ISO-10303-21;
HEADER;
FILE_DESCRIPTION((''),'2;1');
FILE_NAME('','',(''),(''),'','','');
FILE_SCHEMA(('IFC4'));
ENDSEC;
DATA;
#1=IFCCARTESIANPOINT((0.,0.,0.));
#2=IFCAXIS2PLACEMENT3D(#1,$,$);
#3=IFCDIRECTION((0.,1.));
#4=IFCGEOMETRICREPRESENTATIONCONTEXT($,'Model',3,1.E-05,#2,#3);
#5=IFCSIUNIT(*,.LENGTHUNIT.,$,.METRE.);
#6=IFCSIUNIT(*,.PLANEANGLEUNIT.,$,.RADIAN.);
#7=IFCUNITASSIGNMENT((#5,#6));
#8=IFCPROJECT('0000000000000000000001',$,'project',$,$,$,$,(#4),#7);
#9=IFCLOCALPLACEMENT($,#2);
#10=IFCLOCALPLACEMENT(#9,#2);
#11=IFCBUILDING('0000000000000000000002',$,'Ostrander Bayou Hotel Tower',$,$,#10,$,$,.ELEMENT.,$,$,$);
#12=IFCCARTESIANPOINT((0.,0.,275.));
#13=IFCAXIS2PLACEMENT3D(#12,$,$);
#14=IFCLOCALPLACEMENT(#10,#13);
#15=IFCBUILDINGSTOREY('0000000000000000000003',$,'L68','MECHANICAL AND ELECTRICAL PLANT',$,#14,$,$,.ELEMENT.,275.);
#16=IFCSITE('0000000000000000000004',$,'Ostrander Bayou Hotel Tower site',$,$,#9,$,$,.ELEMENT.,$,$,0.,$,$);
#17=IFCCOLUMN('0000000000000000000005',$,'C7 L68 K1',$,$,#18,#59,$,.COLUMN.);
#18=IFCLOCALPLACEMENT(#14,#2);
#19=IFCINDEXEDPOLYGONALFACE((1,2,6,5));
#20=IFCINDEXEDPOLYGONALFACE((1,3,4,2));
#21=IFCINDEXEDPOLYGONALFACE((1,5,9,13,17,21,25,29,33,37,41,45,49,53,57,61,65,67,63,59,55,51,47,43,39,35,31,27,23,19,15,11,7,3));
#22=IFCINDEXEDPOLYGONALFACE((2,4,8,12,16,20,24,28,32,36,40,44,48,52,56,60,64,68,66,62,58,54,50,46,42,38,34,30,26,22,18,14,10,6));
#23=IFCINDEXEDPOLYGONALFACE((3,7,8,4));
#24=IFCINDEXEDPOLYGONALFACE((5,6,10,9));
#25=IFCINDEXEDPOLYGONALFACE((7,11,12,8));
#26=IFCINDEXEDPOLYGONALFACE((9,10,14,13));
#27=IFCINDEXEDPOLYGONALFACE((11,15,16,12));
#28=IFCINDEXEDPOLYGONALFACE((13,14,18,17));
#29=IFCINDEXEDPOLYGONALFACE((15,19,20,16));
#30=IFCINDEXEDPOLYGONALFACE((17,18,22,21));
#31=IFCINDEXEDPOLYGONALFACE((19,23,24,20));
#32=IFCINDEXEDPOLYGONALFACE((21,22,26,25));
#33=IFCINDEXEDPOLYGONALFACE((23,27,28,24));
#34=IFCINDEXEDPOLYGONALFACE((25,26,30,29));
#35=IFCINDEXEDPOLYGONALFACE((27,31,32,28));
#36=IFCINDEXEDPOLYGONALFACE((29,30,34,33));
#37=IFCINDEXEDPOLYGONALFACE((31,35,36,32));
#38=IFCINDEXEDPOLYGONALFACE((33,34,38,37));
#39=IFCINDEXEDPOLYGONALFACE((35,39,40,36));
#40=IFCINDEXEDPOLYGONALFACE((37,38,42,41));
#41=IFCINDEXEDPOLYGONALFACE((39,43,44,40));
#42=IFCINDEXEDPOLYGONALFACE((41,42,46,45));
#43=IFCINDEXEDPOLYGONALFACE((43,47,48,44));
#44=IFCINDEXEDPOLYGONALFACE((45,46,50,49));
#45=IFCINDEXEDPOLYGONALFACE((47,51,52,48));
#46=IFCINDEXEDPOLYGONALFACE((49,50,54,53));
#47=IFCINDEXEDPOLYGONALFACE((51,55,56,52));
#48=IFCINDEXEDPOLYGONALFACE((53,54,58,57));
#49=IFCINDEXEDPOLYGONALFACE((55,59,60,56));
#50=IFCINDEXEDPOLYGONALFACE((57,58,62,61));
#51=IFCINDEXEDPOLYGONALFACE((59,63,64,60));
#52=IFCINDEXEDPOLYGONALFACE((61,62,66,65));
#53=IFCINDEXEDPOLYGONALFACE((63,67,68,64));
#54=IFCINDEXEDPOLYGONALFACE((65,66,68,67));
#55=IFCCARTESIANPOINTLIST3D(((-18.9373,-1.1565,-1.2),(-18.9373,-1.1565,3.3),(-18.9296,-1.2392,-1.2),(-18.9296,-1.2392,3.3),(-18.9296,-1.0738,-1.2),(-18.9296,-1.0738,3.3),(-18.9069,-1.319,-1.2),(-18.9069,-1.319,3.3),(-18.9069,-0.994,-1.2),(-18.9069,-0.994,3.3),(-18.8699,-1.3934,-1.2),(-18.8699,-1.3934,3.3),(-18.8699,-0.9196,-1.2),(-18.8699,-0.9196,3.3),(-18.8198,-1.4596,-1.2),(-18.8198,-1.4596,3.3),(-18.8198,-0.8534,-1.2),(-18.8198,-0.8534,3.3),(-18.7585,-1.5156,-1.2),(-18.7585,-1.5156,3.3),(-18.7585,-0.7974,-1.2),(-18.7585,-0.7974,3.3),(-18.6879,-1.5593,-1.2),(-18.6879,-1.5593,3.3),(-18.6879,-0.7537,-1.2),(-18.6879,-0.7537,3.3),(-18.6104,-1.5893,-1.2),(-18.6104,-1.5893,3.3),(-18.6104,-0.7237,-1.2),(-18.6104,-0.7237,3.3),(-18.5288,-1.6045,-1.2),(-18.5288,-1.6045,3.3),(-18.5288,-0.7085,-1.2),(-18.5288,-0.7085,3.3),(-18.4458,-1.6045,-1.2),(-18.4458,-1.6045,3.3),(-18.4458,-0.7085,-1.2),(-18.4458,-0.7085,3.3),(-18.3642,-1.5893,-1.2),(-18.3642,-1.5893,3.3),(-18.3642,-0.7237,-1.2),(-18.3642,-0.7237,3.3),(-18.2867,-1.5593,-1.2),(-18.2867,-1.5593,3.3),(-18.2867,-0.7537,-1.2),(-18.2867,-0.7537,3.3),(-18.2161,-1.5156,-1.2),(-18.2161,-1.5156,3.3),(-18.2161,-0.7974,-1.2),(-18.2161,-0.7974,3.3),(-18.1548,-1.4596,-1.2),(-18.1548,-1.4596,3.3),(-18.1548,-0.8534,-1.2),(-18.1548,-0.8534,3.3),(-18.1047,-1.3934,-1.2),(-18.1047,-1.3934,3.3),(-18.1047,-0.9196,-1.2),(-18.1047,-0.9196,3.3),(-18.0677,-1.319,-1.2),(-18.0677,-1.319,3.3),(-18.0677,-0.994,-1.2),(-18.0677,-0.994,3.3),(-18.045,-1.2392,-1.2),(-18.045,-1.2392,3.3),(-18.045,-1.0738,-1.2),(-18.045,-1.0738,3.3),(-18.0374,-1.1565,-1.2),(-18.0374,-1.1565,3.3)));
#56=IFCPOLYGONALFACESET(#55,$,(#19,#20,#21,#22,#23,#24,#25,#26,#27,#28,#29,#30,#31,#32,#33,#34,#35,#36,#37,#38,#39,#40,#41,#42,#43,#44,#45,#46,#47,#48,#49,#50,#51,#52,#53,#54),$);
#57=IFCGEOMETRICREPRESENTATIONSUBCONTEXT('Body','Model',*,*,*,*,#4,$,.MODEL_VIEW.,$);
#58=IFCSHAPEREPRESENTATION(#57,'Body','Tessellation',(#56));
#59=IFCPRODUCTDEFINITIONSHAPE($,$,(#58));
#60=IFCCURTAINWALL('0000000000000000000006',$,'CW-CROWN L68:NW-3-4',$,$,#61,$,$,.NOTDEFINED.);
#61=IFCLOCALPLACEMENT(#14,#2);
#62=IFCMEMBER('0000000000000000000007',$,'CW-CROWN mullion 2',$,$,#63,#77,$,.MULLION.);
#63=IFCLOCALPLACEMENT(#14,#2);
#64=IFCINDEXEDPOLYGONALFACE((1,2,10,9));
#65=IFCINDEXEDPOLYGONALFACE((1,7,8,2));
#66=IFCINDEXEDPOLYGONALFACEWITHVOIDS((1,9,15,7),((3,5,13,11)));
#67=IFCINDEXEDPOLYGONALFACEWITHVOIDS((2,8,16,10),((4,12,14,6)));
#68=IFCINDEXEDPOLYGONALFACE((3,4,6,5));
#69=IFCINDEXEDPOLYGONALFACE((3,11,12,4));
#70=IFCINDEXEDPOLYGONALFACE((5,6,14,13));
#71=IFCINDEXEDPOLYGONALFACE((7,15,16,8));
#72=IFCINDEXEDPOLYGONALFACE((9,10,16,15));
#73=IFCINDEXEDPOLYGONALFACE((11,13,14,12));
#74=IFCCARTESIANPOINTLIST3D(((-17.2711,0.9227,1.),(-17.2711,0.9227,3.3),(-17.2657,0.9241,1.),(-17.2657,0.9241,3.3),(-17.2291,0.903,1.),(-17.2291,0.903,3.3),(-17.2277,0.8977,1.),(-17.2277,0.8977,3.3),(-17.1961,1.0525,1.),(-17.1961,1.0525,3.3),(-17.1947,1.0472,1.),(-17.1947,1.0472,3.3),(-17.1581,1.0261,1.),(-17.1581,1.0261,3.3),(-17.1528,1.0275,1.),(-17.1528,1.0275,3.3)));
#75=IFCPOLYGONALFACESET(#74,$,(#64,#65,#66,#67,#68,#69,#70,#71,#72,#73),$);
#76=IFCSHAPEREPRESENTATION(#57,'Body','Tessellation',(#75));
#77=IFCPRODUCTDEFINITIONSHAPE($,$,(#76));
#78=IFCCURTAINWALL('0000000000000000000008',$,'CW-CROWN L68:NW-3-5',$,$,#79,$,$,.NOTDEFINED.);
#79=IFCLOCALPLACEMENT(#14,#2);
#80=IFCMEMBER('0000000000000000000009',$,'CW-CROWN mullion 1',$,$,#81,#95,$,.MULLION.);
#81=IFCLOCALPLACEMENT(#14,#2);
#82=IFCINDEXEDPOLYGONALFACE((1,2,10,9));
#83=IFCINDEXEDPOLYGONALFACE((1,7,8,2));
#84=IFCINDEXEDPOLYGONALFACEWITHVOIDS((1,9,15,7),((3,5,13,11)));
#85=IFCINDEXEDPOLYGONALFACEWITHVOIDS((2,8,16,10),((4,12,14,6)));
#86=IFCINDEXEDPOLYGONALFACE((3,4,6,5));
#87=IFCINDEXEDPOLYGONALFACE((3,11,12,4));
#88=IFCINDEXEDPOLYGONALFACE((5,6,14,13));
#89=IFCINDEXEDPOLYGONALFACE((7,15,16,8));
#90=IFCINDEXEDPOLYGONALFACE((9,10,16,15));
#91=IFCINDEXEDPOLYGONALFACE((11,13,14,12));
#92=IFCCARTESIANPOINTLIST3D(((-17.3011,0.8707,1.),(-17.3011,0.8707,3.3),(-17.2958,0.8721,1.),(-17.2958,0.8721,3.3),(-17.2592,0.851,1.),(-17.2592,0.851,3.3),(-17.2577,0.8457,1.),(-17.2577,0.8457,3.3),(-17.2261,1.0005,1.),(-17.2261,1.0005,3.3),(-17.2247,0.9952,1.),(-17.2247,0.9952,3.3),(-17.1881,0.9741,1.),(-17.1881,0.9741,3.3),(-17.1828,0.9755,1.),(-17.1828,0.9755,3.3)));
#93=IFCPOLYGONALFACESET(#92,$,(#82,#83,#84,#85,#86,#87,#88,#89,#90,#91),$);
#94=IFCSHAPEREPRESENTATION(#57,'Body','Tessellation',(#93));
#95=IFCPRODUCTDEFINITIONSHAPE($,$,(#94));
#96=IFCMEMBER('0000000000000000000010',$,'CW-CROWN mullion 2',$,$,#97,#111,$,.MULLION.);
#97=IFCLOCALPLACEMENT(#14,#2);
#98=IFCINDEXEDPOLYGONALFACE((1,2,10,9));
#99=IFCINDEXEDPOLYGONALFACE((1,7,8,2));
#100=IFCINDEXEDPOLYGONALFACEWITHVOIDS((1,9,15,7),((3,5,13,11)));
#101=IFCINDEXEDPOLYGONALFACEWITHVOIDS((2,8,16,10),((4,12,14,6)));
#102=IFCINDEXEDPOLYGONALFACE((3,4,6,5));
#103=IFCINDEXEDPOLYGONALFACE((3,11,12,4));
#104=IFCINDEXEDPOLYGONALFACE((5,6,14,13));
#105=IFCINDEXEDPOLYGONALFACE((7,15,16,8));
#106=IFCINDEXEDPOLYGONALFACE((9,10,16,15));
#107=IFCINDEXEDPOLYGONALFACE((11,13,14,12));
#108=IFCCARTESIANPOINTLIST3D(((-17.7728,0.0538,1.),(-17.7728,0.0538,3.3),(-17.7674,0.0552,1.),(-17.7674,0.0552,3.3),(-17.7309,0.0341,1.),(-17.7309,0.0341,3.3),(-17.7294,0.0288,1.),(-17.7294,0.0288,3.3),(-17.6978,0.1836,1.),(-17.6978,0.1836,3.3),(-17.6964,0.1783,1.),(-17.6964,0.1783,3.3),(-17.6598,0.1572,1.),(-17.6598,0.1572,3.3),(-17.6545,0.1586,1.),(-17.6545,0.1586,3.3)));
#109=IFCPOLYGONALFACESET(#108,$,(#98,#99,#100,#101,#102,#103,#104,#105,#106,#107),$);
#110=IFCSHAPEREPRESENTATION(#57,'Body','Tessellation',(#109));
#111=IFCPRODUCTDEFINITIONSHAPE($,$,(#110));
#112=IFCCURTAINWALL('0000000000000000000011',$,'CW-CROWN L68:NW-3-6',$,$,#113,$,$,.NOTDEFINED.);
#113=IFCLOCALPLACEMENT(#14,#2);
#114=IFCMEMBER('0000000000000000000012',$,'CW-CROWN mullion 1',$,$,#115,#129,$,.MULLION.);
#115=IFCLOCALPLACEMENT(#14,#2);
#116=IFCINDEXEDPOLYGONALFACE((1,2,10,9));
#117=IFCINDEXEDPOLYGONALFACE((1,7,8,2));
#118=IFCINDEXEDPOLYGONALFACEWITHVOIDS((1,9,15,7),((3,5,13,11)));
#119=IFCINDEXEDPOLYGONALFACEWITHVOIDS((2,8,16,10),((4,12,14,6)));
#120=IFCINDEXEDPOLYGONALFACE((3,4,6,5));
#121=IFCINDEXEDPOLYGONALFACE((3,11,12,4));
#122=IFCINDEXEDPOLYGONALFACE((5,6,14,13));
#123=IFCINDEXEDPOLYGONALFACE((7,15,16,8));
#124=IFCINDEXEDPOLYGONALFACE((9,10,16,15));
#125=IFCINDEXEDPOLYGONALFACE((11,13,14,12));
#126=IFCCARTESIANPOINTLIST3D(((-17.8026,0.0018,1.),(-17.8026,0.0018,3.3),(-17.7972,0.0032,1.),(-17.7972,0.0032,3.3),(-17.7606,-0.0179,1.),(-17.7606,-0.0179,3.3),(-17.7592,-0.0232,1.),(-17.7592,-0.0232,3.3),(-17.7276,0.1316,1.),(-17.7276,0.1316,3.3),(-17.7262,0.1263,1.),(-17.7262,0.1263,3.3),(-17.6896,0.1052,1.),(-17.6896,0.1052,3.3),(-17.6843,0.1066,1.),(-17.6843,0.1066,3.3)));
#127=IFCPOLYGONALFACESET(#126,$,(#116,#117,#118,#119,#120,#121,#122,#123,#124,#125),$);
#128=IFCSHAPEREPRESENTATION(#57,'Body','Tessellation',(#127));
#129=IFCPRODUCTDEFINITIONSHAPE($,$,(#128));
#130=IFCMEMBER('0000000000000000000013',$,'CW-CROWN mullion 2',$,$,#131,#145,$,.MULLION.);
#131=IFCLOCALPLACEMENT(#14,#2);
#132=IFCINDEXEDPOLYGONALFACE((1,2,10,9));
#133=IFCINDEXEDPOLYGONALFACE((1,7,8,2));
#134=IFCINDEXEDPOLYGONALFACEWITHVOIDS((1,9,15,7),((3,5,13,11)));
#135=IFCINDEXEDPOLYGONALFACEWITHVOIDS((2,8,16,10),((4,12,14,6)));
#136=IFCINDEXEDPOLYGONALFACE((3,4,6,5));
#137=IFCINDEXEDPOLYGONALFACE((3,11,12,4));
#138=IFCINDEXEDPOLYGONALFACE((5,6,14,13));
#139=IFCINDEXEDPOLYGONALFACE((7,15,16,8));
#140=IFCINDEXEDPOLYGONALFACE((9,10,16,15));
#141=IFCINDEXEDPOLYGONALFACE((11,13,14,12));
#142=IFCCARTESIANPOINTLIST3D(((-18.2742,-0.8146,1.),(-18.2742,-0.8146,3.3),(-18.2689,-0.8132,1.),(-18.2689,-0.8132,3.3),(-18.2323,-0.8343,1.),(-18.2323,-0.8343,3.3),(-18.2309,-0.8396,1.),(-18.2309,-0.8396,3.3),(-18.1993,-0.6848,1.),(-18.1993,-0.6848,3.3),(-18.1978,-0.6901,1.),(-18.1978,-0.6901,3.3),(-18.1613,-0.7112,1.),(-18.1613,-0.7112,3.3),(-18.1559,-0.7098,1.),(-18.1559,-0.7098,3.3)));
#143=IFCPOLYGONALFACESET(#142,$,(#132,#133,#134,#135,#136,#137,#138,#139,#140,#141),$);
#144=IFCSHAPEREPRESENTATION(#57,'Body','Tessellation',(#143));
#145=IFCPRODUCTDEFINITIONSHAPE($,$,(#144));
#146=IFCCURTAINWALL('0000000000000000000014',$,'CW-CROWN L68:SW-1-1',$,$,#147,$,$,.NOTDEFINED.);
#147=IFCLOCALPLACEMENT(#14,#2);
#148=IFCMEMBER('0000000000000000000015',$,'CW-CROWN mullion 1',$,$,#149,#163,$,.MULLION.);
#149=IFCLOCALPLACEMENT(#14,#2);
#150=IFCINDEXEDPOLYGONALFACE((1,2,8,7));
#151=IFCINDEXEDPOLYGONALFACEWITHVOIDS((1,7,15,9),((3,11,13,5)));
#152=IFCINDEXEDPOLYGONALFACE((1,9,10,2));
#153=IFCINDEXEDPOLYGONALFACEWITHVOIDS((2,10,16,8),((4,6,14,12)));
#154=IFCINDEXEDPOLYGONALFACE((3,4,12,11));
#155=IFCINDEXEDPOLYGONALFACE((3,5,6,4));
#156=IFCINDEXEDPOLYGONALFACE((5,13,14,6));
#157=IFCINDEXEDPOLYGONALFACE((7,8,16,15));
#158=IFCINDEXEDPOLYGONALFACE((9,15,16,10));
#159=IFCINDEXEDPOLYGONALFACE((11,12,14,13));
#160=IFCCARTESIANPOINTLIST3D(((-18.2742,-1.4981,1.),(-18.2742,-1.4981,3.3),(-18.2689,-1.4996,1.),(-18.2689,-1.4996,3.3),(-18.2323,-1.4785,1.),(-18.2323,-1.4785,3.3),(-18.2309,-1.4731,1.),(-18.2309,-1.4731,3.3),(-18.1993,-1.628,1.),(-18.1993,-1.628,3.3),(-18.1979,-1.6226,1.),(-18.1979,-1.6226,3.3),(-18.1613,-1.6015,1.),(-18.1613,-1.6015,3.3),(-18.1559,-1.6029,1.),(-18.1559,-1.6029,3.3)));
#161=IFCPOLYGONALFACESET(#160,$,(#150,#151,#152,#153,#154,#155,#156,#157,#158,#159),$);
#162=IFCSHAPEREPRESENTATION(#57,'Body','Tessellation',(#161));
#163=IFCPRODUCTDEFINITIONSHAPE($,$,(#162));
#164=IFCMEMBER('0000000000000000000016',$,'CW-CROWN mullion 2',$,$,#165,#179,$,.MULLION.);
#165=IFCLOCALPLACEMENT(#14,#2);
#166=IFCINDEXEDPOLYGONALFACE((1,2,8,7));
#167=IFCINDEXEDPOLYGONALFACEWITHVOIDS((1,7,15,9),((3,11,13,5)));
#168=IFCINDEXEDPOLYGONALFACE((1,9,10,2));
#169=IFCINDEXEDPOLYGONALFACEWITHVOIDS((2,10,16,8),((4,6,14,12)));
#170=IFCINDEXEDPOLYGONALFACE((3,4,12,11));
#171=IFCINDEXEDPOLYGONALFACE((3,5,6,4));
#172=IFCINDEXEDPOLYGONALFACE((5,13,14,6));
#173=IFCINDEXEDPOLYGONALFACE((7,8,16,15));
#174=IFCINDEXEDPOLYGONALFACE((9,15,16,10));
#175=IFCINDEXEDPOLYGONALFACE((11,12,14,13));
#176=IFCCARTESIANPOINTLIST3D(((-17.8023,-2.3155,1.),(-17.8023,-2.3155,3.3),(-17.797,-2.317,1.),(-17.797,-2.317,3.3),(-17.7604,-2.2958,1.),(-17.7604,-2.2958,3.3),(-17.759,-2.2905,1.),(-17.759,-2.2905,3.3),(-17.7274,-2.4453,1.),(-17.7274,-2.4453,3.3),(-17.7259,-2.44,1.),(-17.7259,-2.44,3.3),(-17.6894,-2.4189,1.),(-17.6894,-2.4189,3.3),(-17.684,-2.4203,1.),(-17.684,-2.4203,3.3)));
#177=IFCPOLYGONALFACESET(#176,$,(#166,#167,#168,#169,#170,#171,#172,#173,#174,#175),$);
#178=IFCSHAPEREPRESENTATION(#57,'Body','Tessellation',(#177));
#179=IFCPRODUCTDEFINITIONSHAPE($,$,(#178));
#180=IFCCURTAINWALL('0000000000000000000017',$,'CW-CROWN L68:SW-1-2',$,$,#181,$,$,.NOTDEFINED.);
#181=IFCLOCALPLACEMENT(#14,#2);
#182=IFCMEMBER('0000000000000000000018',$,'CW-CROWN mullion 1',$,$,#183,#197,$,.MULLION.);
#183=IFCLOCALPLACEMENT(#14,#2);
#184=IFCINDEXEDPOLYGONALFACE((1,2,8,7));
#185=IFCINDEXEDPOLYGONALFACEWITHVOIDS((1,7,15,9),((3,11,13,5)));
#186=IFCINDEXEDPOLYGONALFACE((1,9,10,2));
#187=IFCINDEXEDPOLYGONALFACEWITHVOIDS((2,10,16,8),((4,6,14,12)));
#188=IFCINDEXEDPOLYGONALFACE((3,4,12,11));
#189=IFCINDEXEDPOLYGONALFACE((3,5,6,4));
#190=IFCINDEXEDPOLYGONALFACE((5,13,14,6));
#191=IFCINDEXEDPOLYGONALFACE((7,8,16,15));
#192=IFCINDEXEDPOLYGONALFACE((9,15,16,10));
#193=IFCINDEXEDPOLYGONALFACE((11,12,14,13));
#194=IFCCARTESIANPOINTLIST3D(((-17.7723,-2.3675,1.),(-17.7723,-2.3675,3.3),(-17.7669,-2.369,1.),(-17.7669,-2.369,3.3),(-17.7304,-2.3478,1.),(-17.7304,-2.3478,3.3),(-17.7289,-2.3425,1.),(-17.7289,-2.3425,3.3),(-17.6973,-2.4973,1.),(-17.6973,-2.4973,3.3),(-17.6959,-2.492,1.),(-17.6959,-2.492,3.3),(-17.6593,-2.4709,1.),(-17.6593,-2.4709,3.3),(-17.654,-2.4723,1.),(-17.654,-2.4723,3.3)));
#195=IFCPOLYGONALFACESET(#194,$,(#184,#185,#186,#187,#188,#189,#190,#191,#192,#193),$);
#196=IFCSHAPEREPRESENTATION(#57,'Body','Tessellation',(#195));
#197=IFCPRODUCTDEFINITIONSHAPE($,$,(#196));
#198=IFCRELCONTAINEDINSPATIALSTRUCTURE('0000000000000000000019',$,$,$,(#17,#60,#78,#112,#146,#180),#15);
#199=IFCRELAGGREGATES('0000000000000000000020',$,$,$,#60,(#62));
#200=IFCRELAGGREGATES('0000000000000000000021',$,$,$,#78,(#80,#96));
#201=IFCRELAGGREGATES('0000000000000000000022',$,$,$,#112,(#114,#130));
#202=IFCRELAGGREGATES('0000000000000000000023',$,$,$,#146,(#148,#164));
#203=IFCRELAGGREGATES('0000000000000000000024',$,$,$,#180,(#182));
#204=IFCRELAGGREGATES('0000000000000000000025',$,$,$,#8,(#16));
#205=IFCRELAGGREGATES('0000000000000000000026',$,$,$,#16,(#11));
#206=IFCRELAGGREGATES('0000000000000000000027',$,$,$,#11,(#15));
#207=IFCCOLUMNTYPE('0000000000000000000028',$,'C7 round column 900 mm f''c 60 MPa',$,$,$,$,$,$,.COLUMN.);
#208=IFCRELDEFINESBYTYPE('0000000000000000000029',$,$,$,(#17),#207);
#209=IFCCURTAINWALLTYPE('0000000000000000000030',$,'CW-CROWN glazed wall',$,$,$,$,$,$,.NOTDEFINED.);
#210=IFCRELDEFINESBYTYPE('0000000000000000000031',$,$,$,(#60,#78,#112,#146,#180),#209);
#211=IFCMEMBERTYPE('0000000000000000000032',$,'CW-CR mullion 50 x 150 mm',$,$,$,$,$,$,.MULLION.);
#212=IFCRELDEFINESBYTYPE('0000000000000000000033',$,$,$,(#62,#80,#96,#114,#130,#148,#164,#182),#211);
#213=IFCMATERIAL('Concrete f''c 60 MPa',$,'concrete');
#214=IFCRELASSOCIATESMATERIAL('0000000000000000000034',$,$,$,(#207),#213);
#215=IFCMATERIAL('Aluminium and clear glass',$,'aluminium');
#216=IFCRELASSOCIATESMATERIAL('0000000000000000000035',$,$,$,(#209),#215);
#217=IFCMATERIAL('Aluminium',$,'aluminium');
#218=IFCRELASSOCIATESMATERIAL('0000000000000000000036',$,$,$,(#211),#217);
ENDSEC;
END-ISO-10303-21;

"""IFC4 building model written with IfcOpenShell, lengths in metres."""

from ifc_helpers import new_model, si_unit, direction, frame, origin, origin_2d, place, context, subcontext, project, spatial, hollow_rectangle, circle, extrude, material, material_profile, profile_set, type_object, element, aggregate, save


model = new_model("IFC4")

# Units and contexts
model_context = context("Model", 3, precision=1e-05, world=origin(), true_north=direction((0.0, 1.0)))
body_context = subcontext(model_context, "Body", "Model", "MODEL_VIEW")
ifc_project = project(units=[si_unit("LENGTHUNIT", "METRE"), si_unit("PLANEANGLEUNIT", "RADIAN")], contexts=[model_context])

# Site, building, storey
site_placement = place(None, origin())
site = spatial("IfcSite", under=ifc_project, at=site_placement, Name="Ostrander Bayou Hotel Tower site", CompositionType="ELEMENT", RefElevation=0.0)
building_placement = place(site_placement, origin())
building = spatial("IfcBuilding", under=site, at=building_placement, Name="Ostrander Bayou Hotel Tower", CompositionType="ELEMENT")
storey_placement = place(building_placement, frame((0.0, 0.0, 275.0)))
storey = spatial("IfcBuildingStorey", under=building, at=storey_placement, Name="L68", Description="MECHANICAL AND ELECTRICAL PLANT", CompositionType="ELEMENT", Elevation=275.0)

# Column
ifc_material_1 = material(Name="Concrete f'c 60 MPa", Category="concrete")
ifc_material_profile_1 = material_profile(ifc_material_1, circle(Radius=0.45, at=origin_2d()))
ifc_profile_set_1 = profile_set([ifc_material_profile_1], Name="Concrete f'c 60 MPa")
column_type = type_object("IfcColumnType", Name="C7 round column 900 mm f'c 60 MPa", PredefinedType="COLUMN", material=ifc_profile_set_1)
column_placement = place(storey_placement, frame((-18.4873, -1.1565, -1.2), z_axis=(0.0, 0.0, 1.0), x_axis=(1.0, 0.0, 0.0)))
element("IfcColumn", 1, at=column_placement, inside=storey, type_object=column_type, Name="C7 L68 K1", PredefinedType="COLUMN", context=body_context, shape_type="SweptSolid", body=[
    extrude(circle(Radius=0.45, at=origin_2d()), origin(), (0.0, 0.0, 1.0), 4.5),
])

# Curtain wall, member
ifc_material_2 = material(Name="Aluminium and clear glass", Category="aluminium")
curtain_wall_type = type_object("IfcCurtainWallType", Name="CW-CROWN glazed wall", PredefinedType="NOTDEFINED", material=ifc_material_2)
curtain_wall_1_placement = place(storey_placement, origin())
curtain_wall_1 = element("IfcCurtainWall", 2, at=curtain_wall_1_placement, inside=storey, type_object=curtain_wall_type, Name="CW-CROWN L68:NW-3-4", PredefinedType="NOTDEFINED")
ifc_material_3 = material(Name="Aluminium", Category="aluminium")
ifc_material_profile_2 = material_profile(ifc_material_3, hollow_rectangle(XDim=0.05, YDim=0.1499, WallThickness=0.0039, at=origin_2d()))
ifc_profile_set_2 = profile_set([ifc_material_profile_2], Name="Aluminium")
member_type_1 = type_object("IfcMemberType", Name="CW-CR mullion 50 x 150 mm", PredefinedType="MULLION", material=ifc_profile_set_2)
member_1_placement = place(storey_placement, frame((-17.2119, 0.9751, 1.0), z_axis=(0.0, 0.0, 1.0), x_axis=(0.866044, -0.499967, 0.0)))
member_1 = element("IfcMember", 3, at=member_1_placement, type_object=member_type_1, Name="CW-CROWN mullion 2", PredefinedType="MULLION", context=body_context, shape_type="SweptSolid", body=[
    extrude(hollow_rectangle(XDim=0.05, YDim=0.1499, WallThickness=0.0039, at=origin_2d()), origin(), (0.0, 0.0, 1.0), 2.3),
])
aggregate(curtain_wall_1, [member_1])

# Curtain walls, members
curtain_wall_2_placement = place(storey_placement, origin())
curtain_wall_2 = element("IfcCurtainWall", 4, at=curtain_wall_2_placement, inside=storey, type_object=curtain_wall_type, Name="CW-CROWN L68:NW-3-5", PredefinedType="NOTDEFINED")
member_2_placement = place(storey_placement, frame((-17.2419, 0.9231, 1.0), z_axis=(0.0, 0.0, 1.0), x_axis=(0.866044, -0.499967, 0.0)))
member_2 = element("IfcMember", 5, at=member_2_placement, type_object=member_type_1, Name="CW-CROWN mullion 1", PredefinedType="MULLION", context=body_context, shape_type="SweptSolid", body=[
    extrude(hollow_rectangle(XDim=0.05, YDim=0.1499, WallThickness=0.0039, at=origin_2d()), origin(), (0.0, 0.0, 1.0), 2.3),
])
member_3_placement = place(storey_placement, frame((-17.7136, 0.1062, 1.0), z_axis=(0.0, 0.0, 1.0), x_axis=(0.866044, -0.499967, 0.0)))
member_3 = element("IfcMember", 6, at=member_3_placement, type_object=member_type_1, Name="CW-CROWN mullion 2", PredefinedType="MULLION", context=body_context, shape_type="SweptSolid", body=[
    extrude(hollow_rectangle(XDim=0.05, YDim=0.1499, WallThickness=0.0039, at=origin_2d()), origin(), (0.0, 0.0, 1.0), 2.3),
])
curtain_wall_3_placement = place(storey_placement, origin())
curtain_wall_3 = element("IfcCurtainWall", 7, at=curtain_wall_3_placement, inside=storey, type_object=curtain_wall_type, Name="CW-CROWN L68:NW-3-6", PredefinedType="NOTDEFINED")
member_4_placement = place(storey_placement, frame((-17.7434, 0.0542, 1.0), z_axis=(0.0, 0.0, 1.0), x_axis=(0.865976, -0.500085, 0.0)))
member_4 = element("IfcMember", 8, at=member_4_placement, type_object=member_type_1, Name="CW-CROWN mullion 1", PredefinedType="MULLION", context=body_context, shape_type="SweptSolid", body=[
    extrude(hollow_rectangle(XDim=0.05, YDim=0.1499, WallThickness=0.0039, at=origin_2d()), origin(), (0.0, 0.0, 1.0), 2.3),
])
member_5_placement = place(storey_placement, frame((-18.2151, -0.7622, 1.0), z_axis=(0.0, 0.0, 1.0), x_axis=(0.865976, -0.500085, 0.0)))
member_5 = element("IfcMember", 9, at=member_5_placement, type_object=member_type_1, Name="CW-CROWN mullion 2", PredefinedType="MULLION", context=body_context, shape_type="SweptSolid", body=[
    extrude(hollow_rectangle(XDim=0.05, YDim=0.1499, WallThickness=0.0039, at=origin_2d()), origin(), (0.0, 0.0, 1.0), 2.3),
])
curtain_wall_4_placement = place(storey_placement, origin())
curtain_wall_4 = element("IfcCurtainWall", 10, at=curtain_wall_4_placement, inside=storey, type_object=curtain_wall_type, Name="CW-CROWN L68:SW-1-1", PredefinedType="NOTDEFINED")
member_6_placement = place(storey_placement, frame((-18.2151, -1.5505, 1.0), z_axis=(0.0, 0.0, 1.0), x_axis=(0.866046, 0.499964, 0.0)))
member_6 = element("IfcMember", 11, at=member_6_placement, type_object=member_type_1, Name="CW-CROWN mullion 1", PredefinedType="MULLION", context=body_context, shape_type="SweptSolid", body=[
    extrude(hollow_rectangle(XDim=0.05, YDim=0.1499, WallThickness=0.0039, at=origin_2d()), origin(), (0.0, 0.0, 1.0), 2.3),
])
member_7_placement = place(storey_placement, frame((-17.7432, -2.3679, 1.0), z_axis=(0.0, 0.0, 1.0), x_axis=(0.866046, 0.499964, 0.0)))
member_7 = element("IfcMember", 12, at=member_7_placement, type_object=member_type_1, Name="CW-CROWN mullion 2", PredefinedType="MULLION", context=body_context, shape_type="SweptSolid", body=[
    extrude(hollow_rectangle(XDim=0.05, YDim=0.1499, WallThickness=0.0039, at=origin_2d()), origin(), (0.0, 0.0, 1.0), 2.3),
])
curtain_wall_5_placement = place(storey_placement, origin())
curtain_wall_5 = element("IfcCurtainWall", 13, at=curtain_wall_5_placement, inside=storey, type_object=curtain_wall_type, Name="CW-CROWN L68:SW-1-2", PredefinedType="NOTDEFINED")
member_8_placement = place(storey_placement, frame((-17.7131, -2.4199, 1.0), z_axis=(0.0, 0.0, 1.0), x_axis=(0.866021, 0.500007, 0.0)))
member_8 = element("IfcMember", 14, at=member_8_placement, type_object=member_type_1, Name="CW-CROWN mullion 1", PredefinedType="MULLION", context=body_context, shape_type="SweptSolid", body=[
    extrude(hollow_rectangle(XDim=0.05, YDim=0.1499, WallThickness=0.0039, at=origin_2d()), origin(), (0.0, 0.0, 1.0), 2.3),
])

aggregate(curtain_wall_2, [member_2, member_3])
aggregate(curtain_wall_3, [member_4, member_5])
aggregate(curtain_wall_4, [member_6, member_7])
aggregate(curtain_wall_5, [member_8])

save(model, "model.ifc")
